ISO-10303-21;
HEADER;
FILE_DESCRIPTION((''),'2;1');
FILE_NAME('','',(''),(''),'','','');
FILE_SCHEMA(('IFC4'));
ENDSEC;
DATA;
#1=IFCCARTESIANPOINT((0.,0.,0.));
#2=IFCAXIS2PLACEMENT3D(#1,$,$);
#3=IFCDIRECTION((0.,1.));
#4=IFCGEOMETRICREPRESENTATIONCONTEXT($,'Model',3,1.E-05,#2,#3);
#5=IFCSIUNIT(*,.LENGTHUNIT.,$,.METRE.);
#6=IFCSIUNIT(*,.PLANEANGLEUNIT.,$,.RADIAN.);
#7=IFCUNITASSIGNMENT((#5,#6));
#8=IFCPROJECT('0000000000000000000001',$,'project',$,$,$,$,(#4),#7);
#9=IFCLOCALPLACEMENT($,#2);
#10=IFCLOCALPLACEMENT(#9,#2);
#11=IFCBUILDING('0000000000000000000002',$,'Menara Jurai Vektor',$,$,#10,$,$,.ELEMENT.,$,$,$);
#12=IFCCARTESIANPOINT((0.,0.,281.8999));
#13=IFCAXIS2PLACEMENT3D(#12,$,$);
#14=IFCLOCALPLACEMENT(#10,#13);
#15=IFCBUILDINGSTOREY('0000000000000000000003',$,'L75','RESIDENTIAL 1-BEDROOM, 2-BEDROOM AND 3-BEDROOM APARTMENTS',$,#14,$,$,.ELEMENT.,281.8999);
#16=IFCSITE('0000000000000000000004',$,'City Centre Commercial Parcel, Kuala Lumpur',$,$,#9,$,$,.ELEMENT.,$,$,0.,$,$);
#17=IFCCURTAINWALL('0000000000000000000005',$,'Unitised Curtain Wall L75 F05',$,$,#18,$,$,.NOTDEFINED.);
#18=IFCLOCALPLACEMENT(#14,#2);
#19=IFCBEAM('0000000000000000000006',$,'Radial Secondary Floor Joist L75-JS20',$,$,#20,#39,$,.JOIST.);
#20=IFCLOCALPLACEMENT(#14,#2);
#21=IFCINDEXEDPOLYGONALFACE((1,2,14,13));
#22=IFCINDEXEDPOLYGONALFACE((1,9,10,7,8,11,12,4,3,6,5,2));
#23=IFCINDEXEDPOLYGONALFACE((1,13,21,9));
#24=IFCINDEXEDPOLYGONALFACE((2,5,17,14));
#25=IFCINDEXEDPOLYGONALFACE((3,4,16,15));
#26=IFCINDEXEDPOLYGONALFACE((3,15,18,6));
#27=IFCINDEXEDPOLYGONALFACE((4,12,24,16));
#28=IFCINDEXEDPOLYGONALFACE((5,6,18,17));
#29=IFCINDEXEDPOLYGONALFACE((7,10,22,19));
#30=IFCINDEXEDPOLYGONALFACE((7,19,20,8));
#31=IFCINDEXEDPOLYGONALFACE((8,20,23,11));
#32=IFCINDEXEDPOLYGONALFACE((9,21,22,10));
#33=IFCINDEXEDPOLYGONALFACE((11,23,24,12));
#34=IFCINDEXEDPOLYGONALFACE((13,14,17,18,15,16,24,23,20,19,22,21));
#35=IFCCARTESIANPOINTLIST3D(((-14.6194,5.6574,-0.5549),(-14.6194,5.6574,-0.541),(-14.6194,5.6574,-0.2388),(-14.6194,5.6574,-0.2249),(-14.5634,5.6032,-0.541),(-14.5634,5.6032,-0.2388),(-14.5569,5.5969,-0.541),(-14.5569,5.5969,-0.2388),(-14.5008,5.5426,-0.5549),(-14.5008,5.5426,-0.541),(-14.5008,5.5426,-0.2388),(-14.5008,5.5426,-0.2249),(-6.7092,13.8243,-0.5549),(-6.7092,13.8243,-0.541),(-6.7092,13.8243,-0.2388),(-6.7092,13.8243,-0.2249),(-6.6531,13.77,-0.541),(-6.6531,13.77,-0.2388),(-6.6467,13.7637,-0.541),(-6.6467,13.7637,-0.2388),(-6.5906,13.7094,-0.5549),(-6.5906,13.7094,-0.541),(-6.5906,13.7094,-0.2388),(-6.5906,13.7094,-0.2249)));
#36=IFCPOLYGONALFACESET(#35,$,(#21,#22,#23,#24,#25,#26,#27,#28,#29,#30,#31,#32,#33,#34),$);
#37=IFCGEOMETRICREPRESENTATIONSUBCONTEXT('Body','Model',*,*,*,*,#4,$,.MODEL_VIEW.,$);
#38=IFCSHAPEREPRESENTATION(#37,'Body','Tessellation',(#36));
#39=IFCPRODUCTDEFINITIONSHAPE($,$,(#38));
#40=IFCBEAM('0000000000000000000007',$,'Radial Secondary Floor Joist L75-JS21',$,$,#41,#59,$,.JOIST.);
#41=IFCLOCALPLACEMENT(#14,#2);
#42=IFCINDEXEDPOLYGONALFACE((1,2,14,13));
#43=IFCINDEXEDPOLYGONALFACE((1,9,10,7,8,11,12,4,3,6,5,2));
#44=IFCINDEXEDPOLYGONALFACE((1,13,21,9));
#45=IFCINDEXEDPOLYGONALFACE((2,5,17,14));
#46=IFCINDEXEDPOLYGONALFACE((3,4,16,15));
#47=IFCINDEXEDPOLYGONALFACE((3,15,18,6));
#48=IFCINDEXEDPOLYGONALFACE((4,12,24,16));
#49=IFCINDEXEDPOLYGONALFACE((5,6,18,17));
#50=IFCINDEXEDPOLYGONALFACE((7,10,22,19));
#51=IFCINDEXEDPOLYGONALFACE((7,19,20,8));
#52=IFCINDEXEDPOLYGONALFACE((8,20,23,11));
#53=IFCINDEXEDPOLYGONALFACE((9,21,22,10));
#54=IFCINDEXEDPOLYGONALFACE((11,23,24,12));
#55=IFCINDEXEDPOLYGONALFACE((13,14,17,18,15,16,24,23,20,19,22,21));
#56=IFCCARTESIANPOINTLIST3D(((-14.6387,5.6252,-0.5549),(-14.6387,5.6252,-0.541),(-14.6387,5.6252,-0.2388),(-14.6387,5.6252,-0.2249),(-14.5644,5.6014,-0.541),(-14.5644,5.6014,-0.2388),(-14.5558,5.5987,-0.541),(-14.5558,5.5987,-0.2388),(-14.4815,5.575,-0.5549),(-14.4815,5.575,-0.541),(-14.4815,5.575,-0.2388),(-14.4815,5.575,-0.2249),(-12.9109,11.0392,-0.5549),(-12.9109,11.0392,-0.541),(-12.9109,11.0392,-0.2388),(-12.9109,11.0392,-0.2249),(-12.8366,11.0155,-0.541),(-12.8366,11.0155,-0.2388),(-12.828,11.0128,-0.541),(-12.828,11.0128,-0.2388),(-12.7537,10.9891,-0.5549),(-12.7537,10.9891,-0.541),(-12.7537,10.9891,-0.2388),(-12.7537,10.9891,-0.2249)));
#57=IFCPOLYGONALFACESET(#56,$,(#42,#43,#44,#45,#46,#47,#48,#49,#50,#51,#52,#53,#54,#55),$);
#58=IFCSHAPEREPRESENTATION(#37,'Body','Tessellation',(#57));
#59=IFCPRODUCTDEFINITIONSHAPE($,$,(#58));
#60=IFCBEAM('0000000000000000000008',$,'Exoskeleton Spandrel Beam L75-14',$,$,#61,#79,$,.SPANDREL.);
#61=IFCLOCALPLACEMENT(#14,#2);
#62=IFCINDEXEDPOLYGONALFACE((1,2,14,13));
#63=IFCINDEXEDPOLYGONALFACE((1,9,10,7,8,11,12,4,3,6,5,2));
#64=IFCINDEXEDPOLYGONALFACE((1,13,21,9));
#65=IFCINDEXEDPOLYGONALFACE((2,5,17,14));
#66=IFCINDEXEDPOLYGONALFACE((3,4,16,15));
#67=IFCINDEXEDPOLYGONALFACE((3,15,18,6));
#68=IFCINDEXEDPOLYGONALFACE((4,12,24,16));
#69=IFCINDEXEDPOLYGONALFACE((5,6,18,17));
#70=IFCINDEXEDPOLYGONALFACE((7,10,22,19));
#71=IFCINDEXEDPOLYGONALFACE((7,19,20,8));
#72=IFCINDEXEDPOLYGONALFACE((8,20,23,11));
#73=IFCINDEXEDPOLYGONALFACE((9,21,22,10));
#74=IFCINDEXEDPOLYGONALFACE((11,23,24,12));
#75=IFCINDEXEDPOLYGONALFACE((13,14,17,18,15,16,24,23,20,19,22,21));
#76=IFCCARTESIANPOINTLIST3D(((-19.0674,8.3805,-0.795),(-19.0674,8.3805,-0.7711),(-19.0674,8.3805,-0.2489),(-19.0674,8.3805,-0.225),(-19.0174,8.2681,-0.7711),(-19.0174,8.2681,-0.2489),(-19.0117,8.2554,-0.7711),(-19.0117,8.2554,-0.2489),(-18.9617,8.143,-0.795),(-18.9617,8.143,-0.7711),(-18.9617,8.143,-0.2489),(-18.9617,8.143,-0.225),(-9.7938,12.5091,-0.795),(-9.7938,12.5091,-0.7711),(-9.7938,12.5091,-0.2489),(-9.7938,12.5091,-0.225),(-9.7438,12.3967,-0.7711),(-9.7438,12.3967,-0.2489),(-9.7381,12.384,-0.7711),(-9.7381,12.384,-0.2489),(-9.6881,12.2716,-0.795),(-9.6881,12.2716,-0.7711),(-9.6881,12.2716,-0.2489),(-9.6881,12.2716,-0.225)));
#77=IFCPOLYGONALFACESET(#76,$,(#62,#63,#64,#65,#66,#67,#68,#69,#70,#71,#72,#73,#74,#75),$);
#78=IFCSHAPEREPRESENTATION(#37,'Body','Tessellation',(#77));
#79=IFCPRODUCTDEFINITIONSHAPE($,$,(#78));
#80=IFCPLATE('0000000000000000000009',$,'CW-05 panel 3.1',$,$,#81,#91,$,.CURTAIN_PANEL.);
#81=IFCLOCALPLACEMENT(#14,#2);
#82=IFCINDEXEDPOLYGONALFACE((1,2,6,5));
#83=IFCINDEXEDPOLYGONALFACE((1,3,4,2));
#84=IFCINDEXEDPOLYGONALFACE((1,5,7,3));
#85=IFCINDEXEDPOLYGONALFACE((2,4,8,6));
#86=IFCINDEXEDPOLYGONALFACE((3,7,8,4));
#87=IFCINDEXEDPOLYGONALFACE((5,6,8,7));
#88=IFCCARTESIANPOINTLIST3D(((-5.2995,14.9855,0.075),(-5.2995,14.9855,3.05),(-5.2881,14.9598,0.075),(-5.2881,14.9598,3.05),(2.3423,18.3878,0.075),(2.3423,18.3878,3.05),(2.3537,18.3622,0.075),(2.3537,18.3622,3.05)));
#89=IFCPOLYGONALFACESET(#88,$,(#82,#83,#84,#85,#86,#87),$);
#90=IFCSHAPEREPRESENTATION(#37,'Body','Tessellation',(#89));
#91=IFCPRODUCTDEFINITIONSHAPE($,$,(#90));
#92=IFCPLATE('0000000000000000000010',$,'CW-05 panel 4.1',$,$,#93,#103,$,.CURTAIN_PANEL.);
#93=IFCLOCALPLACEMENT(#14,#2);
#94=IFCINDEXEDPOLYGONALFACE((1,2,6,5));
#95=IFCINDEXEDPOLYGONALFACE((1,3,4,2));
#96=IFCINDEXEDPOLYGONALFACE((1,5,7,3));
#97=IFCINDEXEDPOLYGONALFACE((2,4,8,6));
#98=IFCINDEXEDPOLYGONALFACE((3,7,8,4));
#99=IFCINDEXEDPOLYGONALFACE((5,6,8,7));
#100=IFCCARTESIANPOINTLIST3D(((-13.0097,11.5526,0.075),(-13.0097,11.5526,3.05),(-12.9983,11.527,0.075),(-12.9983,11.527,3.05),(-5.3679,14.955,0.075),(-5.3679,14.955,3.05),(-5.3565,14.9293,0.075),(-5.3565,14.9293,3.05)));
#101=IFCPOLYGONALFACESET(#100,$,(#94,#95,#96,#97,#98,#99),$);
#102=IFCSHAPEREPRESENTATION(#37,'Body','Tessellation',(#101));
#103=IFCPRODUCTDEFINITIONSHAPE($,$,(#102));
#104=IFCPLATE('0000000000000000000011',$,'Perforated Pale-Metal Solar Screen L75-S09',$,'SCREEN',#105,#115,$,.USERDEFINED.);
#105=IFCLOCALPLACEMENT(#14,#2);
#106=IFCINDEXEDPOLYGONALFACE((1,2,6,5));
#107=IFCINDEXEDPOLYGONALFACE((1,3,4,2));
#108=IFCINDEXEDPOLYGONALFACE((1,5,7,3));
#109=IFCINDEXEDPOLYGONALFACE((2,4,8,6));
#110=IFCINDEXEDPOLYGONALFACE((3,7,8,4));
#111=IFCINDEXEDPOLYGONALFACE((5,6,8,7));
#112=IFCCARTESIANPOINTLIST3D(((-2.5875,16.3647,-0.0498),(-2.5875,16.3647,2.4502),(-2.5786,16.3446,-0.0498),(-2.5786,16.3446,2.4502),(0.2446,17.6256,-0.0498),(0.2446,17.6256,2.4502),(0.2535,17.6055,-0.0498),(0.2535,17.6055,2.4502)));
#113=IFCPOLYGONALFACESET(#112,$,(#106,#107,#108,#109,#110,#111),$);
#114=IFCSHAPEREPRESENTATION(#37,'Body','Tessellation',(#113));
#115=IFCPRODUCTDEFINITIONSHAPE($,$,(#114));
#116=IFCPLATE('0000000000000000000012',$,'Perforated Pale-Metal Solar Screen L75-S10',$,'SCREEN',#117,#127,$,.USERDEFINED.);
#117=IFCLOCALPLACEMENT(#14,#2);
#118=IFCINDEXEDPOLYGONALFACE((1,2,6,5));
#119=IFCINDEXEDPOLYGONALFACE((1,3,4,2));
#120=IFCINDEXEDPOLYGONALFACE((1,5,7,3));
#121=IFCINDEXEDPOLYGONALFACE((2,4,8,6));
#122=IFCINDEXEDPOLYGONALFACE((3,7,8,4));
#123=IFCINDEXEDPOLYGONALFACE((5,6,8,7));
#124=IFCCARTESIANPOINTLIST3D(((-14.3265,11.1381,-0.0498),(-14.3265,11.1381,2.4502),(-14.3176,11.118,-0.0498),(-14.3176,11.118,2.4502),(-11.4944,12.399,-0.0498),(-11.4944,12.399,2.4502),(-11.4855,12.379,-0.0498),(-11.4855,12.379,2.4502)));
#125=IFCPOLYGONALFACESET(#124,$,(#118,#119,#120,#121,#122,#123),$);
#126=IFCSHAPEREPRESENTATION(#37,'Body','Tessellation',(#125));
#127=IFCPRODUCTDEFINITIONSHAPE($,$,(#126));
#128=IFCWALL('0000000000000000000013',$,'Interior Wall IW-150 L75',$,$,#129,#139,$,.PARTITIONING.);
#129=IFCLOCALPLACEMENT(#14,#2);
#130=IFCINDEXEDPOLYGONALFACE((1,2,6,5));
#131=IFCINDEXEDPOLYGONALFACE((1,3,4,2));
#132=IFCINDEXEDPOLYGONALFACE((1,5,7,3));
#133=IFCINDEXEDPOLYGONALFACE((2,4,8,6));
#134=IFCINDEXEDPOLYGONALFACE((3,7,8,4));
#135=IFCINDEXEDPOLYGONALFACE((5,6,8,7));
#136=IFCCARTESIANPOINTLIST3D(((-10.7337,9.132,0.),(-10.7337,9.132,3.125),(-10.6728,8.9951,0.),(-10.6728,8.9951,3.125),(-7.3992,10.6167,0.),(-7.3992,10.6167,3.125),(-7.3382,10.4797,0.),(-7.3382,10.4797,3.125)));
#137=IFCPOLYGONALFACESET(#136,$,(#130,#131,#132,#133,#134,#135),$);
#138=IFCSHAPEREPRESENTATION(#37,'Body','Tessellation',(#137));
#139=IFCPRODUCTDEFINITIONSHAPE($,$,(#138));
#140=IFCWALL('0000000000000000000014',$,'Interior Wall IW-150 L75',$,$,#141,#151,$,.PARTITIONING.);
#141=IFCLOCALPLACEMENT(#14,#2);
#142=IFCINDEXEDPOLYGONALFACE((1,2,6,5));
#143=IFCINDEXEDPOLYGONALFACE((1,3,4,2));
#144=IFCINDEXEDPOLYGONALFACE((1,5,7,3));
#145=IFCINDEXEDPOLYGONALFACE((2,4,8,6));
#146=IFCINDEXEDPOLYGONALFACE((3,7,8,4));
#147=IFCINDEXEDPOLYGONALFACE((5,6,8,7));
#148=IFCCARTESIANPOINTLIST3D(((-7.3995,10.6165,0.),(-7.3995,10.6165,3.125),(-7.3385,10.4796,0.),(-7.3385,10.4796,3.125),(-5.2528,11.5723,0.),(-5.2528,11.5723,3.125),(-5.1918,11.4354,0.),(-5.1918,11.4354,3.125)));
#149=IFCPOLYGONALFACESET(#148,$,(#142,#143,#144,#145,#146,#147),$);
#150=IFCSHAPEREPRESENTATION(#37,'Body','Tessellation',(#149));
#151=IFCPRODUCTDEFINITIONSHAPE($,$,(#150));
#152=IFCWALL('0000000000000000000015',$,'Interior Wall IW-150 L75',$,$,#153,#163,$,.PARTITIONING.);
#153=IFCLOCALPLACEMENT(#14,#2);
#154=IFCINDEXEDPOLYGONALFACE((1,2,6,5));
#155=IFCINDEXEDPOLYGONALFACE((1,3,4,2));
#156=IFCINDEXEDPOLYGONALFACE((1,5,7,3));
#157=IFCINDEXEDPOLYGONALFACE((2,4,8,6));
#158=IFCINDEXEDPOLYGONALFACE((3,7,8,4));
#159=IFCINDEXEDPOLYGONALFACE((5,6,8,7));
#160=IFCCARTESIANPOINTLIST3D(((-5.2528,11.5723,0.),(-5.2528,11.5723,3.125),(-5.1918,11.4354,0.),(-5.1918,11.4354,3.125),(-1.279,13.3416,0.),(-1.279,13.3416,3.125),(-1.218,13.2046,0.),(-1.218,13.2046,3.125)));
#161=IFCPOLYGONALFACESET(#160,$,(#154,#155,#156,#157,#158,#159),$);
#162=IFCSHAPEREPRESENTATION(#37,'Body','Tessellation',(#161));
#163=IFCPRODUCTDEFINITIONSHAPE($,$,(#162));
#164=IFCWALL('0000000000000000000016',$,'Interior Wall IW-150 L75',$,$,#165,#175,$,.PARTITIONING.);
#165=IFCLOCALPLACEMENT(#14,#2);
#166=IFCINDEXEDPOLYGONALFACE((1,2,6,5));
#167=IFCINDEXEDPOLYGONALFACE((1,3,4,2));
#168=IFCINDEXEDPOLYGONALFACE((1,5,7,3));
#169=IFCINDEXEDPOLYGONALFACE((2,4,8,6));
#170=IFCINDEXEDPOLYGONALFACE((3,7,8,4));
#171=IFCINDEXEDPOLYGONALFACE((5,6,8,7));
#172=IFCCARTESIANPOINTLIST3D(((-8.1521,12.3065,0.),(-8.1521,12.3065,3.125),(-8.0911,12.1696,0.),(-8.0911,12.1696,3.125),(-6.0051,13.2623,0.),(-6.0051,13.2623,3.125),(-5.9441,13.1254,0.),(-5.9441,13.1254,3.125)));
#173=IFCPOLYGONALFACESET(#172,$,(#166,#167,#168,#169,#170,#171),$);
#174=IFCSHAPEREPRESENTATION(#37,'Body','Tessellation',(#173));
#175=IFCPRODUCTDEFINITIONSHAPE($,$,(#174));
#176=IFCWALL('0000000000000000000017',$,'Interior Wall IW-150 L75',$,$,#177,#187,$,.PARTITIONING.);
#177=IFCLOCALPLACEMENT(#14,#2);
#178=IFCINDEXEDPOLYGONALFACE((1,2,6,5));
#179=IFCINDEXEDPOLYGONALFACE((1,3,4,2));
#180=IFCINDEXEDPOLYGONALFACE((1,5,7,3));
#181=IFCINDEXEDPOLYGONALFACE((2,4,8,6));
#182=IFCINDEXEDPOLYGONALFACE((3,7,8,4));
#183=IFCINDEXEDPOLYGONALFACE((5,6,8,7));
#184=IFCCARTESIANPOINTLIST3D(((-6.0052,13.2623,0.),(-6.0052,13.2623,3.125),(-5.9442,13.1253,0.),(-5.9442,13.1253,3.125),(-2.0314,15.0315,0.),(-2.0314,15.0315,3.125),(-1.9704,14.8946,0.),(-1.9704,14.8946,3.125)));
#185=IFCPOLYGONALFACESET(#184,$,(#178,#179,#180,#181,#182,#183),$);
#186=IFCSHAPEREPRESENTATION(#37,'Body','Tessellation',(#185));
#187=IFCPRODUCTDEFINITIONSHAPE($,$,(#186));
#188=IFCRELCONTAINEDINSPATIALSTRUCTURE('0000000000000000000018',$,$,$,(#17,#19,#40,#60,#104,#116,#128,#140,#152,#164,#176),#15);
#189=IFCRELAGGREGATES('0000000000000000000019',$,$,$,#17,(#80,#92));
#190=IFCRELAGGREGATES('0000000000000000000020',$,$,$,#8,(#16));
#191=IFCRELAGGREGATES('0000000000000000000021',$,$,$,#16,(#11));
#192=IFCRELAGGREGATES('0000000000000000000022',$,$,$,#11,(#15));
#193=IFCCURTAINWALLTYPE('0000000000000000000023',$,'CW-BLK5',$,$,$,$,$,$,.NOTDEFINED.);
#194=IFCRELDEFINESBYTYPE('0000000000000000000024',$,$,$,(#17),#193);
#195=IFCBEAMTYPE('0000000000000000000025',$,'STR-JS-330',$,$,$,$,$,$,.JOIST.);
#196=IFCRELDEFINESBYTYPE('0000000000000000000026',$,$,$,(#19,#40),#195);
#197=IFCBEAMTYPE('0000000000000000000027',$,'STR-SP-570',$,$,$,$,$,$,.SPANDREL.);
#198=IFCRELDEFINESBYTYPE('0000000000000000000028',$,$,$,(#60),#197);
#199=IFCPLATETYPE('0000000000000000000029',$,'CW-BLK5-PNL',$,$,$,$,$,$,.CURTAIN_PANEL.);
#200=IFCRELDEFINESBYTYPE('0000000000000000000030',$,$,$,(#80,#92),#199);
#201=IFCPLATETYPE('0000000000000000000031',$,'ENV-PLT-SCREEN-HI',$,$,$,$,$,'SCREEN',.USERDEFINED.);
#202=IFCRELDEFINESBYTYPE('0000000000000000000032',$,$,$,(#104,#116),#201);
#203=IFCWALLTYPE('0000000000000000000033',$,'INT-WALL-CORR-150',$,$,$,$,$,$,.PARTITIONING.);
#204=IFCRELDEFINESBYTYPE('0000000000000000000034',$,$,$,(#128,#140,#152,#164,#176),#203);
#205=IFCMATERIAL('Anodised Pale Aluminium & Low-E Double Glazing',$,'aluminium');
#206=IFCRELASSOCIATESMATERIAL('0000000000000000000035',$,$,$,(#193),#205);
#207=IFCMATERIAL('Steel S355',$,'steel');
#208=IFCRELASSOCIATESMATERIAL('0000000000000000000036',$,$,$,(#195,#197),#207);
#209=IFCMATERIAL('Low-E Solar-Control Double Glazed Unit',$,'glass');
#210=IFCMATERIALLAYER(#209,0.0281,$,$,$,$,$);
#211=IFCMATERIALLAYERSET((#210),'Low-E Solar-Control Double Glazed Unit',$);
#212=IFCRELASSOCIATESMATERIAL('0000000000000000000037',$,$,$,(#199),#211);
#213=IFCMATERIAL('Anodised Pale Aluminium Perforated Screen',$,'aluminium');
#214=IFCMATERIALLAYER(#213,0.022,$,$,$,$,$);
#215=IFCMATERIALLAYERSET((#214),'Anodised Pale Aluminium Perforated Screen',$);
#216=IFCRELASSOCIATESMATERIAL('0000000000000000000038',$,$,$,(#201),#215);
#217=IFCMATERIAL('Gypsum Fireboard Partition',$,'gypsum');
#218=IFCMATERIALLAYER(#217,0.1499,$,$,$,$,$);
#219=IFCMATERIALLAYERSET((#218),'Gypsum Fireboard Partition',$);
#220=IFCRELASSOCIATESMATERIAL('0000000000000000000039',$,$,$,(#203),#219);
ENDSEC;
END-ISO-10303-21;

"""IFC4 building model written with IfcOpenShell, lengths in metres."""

from ifc_helpers import new_model, si_unit, direction, frame, frame_2d, origin, origin_2d, place, context, subcontext, project, spatial, rectangle, i_section, extrude, material, layer, layer_set, material_profile, profile_set, type_object, element, aggregate, save


model = new_model("IFC4")

# Units and contexts
model_context = context("Model", 3, precision=1e-05, world=origin(), true_north=direction((0.0, 1.0)))
body_context = subcontext(model_context, "Body", "Model", "MODEL_VIEW")
ifc_project = project(units=[si_unit("LENGTHUNIT", "METRE"), si_unit("PLANEANGLEUNIT", "RADIAN")], contexts=[model_context])

# Site, building, storey
site_placement = place(None, origin())
site = spatial("IfcSite", under=ifc_project, at=site_placement, Name="City Centre Commercial Parcel, Kuala Lumpur", CompositionType="ELEMENT", RefElevation=0.0)
building_placement = place(site_placement, origin())
building = spatial("IfcBuilding", under=site, at=building_placement, Name="Menara Jurai Vektor", CompositionType="ELEMENT")
storey_placement = place(building_placement, frame((0.0, 0.0, 281.8999)))
storey = spatial("IfcBuildingStorey", under=building, at=storey_placement, Name="L75", Description="RESIDENTIAL 1-BEDROOM, 2-BEDROOM AND 3-BEDROOM APARTMENTS", CompositionType="ELEMENT", Elevation=281.8999)

# Curtain wall
ifc_material_1 = material(Name="Anodised Pale Aluminium & Low-E Double Glazing", Category="aluminium")
curtain_wall_type = type_object("IfcCurtainWallType", Name="CW-BLK5", PredefinedType="NOTDEFINED", material=ifc_material_1)
curtain_wall_placement = place(storey_placement, origin())
curtain_wall = element("IfcCurtainWall", 1, at=curtain_wall_placement, inside=storey, type_object=curtain_wall_type, Name="Unitised Curtain Wall L75 F05", PredefinedType="NOTDEFINED")

# Beams
ifc_material_2 = material(Name="Steel S355", Category="steel")
ifc_material_profile_1 = material_profile(ifc_material_2, i_section(OverallWidth=0.165, OverallDepth=0.3301, WebThickness=0.009, FlangeThickness=0.0139, at=origin_2d()), Name="PG 330x165x46")
ifc_profile_set_1 = profile_set([ifc_material_profile_1], Name="Steel S355")
beam_type_1 = type_object("IfcBeamType", Name="STR-JS-330", PredefinedType="JOIST", material=ifc_profile_set_1)
beam_1_placement = place(storey_placement, frame((-6.6499, 13.7668, -0.3899), z_axis=(-0.695733, -0.718301, 0.0), x_axis=(0.718301, -0.695733, 0.0)))
element("IfcBeam", 2, at=beam_1_placement, inside=storey, type_object=beam_type_1, Name="Radial Secondary Floor Joist L75-JS20", PredefinedType="JOIST", context=body_context, shape_type="SweptSolid", body=[
    extrude(i_section(OverallWidth=0.165, OverallDepth=0.3301, WebThickness=0.009, FlangeThickness=0.0139, at=origin_2d()), origin(), (0.0, 0.0, 1.0), 11.3696),
])
beam_2_placement = place(storey_placement, frame((-12.8323, 11.0142, -0.3899), z_axis=(-0.304023, -0.952665, 0.0), x_axis=(0.952665, -0.304023, 0.0)))
element("IfcBeam", 3, at=beam_2_placement, inside=storey, type_object=beam_type_1, Name="Radial Secondary Floor Joist L75-JS21", PredefinedType="JOIST", context=body_context, shape_type="SweptSolid", body=[
    extrude(i_section(OverallWidth=0.165, OverallDepth=0.3301, WebThickness=0.009, FlangeThickness=0.0139, at=origin_2d()), origin(), (0.0, 0.0, 1.0), 5.6831),
])
ifc_material_profile_2 = material_profile(ifc_material_2, i_section(OverallWidth=0.26, OverallDepth=0.5701, WebThickness=0.0139, FlangeThickness=0.0239, at=origin_2d()), Name="PG 570x260x145")
ifc_profile_set_2 = profile_set([ifc_material_profile_2], Name="Steel S355")
beam_type_2 = type_object("IfcBeamType", Name="STR-SP-570", PredefinedType="SPANDREL", material=ifc_profile_set_2)
beam_3_placement = place(storey_placement, frame((-9.741, 12.3904, -0.51), z_axis=(-0.913554, -0.406716, 0.0), x_axis=(0.406716, -0.913554, 0.0)))
element("IfcBeam", 4, at=beam_3_placement, inside=storey, type_object=beam_type_2, Name="Exoskeleton Spandrel Beam L75-14", PredefinedType="SPANDREL", context=body_context, shape_type="SweptSolid", body=[
    extrude(i_section(OverallWidth=0.26, OverallDepth=0.5701, WebThickness=0.0139, FlangeThickness=0.0239, at=origin_2d()), origin(), (0.0, 0.0, 1.0), 10.1511),
])

# Plates
ifc_material_3 = material(Name="Low-E Solar-Control Double Glazed Unit", Category="glass")
ifc_layer_1 = layer(ifc_material_3, 0.0281)
ifc_layer_set_1 = layer_set([ifc_layer_1], Name="Low-E Solar-Control Double Glazed Unit")
plate_type_1 = type_object("IfcPlateType", Name="CW-BLK5-PNL", PredefinedType="CURTAIN_PANEL", material=ifc_layer_set_1)
plate_1_placement = place(storey_placement, frame((-1.4729, 16.6738, 0.075), z_axis=(0.0, 0.0, 1.0), x_axis=(-0.913546, -0.406735, 0.0)))
plate_1 = element("IfcPlate", 5, at=plate_1_placement, type_object=plate_type_1, Name="CW-05 panel 3.1", PredefinedType="CURTAIN_PANEL", context=body_context, shape_type="SweptSolid", body=[
    extrude(rectangle(XDim=8.365, YDim=0.0281, at=origin_2d()), origin(), (0.0, 0.0, 1.0), 2.9751),
])
plate_2_placement = place(storey_placement, frame((-9.1831, 13.241, 0.075), z_axis=(0.0, 0.0, 1.0), x_axis=(-0.913546, -0.406735, 0.0)))
plate_2 = element("IfcPlate", 6, at=plate_2_placement, type_object=plate_type_1, Name="CW-05 panel 4.1", PredefinedType="CURTAIN_PANEL", context=body_context, shape_type="SweptSolid", body=[
    extrude(rectangle(XDim=8.365, YDim=0.0281, at=origin_2d()), origin(), (0.0, 0.0, 1.0), 2.9751),
])
aggregate(curtain_wall, [plate_1, plate_2])

# Plates
ifc_material_4 = material(Name="Anodised Pale Aluminium Perforated Screen", Category="aluminium")
ifc_layer_2 = layer(ifc_material_4, 0.022)
ifc_layer_set_2 = layer_set([ifc_layer_2], Name="Anodised Pale Aluminium Perforated Screen")
plate_type_2 = type_object("IfcPlateType", Name="ENV-PLT-SCREEN-HI", ElementType="SCREEN", PredefinedType="USERDEFINED", material=ifc_layer_set_2)
for number, where, z_axis, x_axis, name in (
    (7, (-1.167, 16.9851, -0.0498), (0.0, 0.0, 1.0), (-0.913545, -0.406737, 0.0), "Perforated Pale-Metal Solar Screen L75-S09"),
    (8, (-12.906, 11.7585, -0.0498), (0.0, 0.0, 1.0), (-0.913545, -0.406737, 0.0), "Perforated Pale-Metal Solar Screen L75-S10"),
):
    element("IfcPlate", number, at=place(storey_placement, frame(where, z_axis=z_axis, x_axis=x_axis)), inside=storey, type_object=plate_type_2, Name=name, ObjectType="SCREEN", PredefinedType="USERDEFINED", context=body_context, shape_type="SweptSolid", body=[
        extrude(rectangle(XDim=3.1001, YDim=0.022, at=origin_2d()), origin(), (0.0, 0.0, 1.0), 2.5),
    ])

# Wall
ifc_material_5 = material(Name="Gypsum Fireboard Partition", Category="gypsum")
ifc_layer_3 = layer(ifc_material_5, 0.1499)
ifc_layer_set_3 = layer_set([ifc_layer_3], Name="Gypsum Fireboard Partition")
wall_type_1 = type_object("IfcWallType", Name="INT-WALL-CORR-150", PredefinedType="PARTITIONING", material=ifc_layer_set_3)
wall_1_placement = place(storey_placement, frame((-10.7034, 9.0635, 0.0), z_axis=(0.0, 0.0, 1.0), x_axis=(0.913544, 0.40674, 0.0)))
element("IfcWall", 9, at=wall_1_placement, inside=storey, type_object=wall_type_1, Name="Interior Wall IW-150 L75", PredefinedType="PARTITIONING", context=body_context, shape_type="SweptSolid", body=[
    extrude(rectangle(XDim=3.6501, YDim=0.1499, at=frame_2d((1.8252, 0.0))), origin(), (0.0, 0.0, 1.0), 3.125),
])

# Walls
wall_2_placement = place(storey_placement, frame((-7.3689, 10.5481, 0.0), z_axis=(0.0, 0.0, 1.0), x_axis=(0.913541, 0.406746, 0.0)))
element("IfcWall", 10, at=wall_2_placement, inside=storey, type_object=wall_type_1, Name="Interior Wall IW-150 L75", PredefinedType="PARTITIONING", context=body_context, shape_type="SweptSolid", body=[
    extrude(rectangle(XDim=2.3499, YDim=0.1499, at=frame_2d((1.1748, 0.0))), origin(), (0.0, 0.0, 1.0), 3.125),
])
wall_3_placement = place(storey_placement, frame((-5.2222, 11.5039, 0.0), z_axis=(0.0, 0.0, 1.0), x_axis=(0.913545, 0.406737, 0.0)))
element("IfcWall", 11, at=wall_3_placement, inside=storey, type_object=wall_type_1, Name="Interior Wall IW-150 L75", PredefinedType="PARTITIONING", context=body_context, shape_type="SweptSolid", body=[
    extrude(rectangle(XDim=4.3499, YDim=0.1499, at=frame_2d((2.1748, 0.0))), origin(), (0.0, 0.0, 1.0), 3.125),
])

# Walls
wall_4_placement = place(storey_placement, frame((-8.1216, 12.238, 0.0), z_axis=(0.0, 0.0, 1.0), x_axis=(0.913559, 0.406707, 0.0)))
element("IfcWall", 12, at=wall_4_placement, inside=storey, type_object=wall_type_1, Name="Interior Wall IW-150 L75", PredefinedType="PARTITIONING", context=body_context, shape_type="SweptSolid", body=[
    extrude(rectangle(XDim=2.3501, YDim=0.1499, at=frame_2d((1.175, 0.0))), origin(), (0.0, 0.0, 1.0), 3.125),
])
wall_5_placement = place(storey_placement, frame((-5.9746, 13.1938, 0.0), z_axis=(0.0, 0.0, 1.0), x_axis=(0.913545, 0.406737, 0.0)))
element("IfcWall", 13, at=wall_5_placement, inside=storey, type_object=wall_type_1, Name="Interior Wall IW-150 L75", PredefinedType="PARTITIONING", context=body_context, shape_type="SweptSolid", body=[
    extrude(rectangle(XDim=4.3499, YDim=0.1499, at=frame_2d((2.1748, 0.0))), origin(), (0.0, 0.0, 1.0), 3.125),
])

save(model, "model.ifc")
